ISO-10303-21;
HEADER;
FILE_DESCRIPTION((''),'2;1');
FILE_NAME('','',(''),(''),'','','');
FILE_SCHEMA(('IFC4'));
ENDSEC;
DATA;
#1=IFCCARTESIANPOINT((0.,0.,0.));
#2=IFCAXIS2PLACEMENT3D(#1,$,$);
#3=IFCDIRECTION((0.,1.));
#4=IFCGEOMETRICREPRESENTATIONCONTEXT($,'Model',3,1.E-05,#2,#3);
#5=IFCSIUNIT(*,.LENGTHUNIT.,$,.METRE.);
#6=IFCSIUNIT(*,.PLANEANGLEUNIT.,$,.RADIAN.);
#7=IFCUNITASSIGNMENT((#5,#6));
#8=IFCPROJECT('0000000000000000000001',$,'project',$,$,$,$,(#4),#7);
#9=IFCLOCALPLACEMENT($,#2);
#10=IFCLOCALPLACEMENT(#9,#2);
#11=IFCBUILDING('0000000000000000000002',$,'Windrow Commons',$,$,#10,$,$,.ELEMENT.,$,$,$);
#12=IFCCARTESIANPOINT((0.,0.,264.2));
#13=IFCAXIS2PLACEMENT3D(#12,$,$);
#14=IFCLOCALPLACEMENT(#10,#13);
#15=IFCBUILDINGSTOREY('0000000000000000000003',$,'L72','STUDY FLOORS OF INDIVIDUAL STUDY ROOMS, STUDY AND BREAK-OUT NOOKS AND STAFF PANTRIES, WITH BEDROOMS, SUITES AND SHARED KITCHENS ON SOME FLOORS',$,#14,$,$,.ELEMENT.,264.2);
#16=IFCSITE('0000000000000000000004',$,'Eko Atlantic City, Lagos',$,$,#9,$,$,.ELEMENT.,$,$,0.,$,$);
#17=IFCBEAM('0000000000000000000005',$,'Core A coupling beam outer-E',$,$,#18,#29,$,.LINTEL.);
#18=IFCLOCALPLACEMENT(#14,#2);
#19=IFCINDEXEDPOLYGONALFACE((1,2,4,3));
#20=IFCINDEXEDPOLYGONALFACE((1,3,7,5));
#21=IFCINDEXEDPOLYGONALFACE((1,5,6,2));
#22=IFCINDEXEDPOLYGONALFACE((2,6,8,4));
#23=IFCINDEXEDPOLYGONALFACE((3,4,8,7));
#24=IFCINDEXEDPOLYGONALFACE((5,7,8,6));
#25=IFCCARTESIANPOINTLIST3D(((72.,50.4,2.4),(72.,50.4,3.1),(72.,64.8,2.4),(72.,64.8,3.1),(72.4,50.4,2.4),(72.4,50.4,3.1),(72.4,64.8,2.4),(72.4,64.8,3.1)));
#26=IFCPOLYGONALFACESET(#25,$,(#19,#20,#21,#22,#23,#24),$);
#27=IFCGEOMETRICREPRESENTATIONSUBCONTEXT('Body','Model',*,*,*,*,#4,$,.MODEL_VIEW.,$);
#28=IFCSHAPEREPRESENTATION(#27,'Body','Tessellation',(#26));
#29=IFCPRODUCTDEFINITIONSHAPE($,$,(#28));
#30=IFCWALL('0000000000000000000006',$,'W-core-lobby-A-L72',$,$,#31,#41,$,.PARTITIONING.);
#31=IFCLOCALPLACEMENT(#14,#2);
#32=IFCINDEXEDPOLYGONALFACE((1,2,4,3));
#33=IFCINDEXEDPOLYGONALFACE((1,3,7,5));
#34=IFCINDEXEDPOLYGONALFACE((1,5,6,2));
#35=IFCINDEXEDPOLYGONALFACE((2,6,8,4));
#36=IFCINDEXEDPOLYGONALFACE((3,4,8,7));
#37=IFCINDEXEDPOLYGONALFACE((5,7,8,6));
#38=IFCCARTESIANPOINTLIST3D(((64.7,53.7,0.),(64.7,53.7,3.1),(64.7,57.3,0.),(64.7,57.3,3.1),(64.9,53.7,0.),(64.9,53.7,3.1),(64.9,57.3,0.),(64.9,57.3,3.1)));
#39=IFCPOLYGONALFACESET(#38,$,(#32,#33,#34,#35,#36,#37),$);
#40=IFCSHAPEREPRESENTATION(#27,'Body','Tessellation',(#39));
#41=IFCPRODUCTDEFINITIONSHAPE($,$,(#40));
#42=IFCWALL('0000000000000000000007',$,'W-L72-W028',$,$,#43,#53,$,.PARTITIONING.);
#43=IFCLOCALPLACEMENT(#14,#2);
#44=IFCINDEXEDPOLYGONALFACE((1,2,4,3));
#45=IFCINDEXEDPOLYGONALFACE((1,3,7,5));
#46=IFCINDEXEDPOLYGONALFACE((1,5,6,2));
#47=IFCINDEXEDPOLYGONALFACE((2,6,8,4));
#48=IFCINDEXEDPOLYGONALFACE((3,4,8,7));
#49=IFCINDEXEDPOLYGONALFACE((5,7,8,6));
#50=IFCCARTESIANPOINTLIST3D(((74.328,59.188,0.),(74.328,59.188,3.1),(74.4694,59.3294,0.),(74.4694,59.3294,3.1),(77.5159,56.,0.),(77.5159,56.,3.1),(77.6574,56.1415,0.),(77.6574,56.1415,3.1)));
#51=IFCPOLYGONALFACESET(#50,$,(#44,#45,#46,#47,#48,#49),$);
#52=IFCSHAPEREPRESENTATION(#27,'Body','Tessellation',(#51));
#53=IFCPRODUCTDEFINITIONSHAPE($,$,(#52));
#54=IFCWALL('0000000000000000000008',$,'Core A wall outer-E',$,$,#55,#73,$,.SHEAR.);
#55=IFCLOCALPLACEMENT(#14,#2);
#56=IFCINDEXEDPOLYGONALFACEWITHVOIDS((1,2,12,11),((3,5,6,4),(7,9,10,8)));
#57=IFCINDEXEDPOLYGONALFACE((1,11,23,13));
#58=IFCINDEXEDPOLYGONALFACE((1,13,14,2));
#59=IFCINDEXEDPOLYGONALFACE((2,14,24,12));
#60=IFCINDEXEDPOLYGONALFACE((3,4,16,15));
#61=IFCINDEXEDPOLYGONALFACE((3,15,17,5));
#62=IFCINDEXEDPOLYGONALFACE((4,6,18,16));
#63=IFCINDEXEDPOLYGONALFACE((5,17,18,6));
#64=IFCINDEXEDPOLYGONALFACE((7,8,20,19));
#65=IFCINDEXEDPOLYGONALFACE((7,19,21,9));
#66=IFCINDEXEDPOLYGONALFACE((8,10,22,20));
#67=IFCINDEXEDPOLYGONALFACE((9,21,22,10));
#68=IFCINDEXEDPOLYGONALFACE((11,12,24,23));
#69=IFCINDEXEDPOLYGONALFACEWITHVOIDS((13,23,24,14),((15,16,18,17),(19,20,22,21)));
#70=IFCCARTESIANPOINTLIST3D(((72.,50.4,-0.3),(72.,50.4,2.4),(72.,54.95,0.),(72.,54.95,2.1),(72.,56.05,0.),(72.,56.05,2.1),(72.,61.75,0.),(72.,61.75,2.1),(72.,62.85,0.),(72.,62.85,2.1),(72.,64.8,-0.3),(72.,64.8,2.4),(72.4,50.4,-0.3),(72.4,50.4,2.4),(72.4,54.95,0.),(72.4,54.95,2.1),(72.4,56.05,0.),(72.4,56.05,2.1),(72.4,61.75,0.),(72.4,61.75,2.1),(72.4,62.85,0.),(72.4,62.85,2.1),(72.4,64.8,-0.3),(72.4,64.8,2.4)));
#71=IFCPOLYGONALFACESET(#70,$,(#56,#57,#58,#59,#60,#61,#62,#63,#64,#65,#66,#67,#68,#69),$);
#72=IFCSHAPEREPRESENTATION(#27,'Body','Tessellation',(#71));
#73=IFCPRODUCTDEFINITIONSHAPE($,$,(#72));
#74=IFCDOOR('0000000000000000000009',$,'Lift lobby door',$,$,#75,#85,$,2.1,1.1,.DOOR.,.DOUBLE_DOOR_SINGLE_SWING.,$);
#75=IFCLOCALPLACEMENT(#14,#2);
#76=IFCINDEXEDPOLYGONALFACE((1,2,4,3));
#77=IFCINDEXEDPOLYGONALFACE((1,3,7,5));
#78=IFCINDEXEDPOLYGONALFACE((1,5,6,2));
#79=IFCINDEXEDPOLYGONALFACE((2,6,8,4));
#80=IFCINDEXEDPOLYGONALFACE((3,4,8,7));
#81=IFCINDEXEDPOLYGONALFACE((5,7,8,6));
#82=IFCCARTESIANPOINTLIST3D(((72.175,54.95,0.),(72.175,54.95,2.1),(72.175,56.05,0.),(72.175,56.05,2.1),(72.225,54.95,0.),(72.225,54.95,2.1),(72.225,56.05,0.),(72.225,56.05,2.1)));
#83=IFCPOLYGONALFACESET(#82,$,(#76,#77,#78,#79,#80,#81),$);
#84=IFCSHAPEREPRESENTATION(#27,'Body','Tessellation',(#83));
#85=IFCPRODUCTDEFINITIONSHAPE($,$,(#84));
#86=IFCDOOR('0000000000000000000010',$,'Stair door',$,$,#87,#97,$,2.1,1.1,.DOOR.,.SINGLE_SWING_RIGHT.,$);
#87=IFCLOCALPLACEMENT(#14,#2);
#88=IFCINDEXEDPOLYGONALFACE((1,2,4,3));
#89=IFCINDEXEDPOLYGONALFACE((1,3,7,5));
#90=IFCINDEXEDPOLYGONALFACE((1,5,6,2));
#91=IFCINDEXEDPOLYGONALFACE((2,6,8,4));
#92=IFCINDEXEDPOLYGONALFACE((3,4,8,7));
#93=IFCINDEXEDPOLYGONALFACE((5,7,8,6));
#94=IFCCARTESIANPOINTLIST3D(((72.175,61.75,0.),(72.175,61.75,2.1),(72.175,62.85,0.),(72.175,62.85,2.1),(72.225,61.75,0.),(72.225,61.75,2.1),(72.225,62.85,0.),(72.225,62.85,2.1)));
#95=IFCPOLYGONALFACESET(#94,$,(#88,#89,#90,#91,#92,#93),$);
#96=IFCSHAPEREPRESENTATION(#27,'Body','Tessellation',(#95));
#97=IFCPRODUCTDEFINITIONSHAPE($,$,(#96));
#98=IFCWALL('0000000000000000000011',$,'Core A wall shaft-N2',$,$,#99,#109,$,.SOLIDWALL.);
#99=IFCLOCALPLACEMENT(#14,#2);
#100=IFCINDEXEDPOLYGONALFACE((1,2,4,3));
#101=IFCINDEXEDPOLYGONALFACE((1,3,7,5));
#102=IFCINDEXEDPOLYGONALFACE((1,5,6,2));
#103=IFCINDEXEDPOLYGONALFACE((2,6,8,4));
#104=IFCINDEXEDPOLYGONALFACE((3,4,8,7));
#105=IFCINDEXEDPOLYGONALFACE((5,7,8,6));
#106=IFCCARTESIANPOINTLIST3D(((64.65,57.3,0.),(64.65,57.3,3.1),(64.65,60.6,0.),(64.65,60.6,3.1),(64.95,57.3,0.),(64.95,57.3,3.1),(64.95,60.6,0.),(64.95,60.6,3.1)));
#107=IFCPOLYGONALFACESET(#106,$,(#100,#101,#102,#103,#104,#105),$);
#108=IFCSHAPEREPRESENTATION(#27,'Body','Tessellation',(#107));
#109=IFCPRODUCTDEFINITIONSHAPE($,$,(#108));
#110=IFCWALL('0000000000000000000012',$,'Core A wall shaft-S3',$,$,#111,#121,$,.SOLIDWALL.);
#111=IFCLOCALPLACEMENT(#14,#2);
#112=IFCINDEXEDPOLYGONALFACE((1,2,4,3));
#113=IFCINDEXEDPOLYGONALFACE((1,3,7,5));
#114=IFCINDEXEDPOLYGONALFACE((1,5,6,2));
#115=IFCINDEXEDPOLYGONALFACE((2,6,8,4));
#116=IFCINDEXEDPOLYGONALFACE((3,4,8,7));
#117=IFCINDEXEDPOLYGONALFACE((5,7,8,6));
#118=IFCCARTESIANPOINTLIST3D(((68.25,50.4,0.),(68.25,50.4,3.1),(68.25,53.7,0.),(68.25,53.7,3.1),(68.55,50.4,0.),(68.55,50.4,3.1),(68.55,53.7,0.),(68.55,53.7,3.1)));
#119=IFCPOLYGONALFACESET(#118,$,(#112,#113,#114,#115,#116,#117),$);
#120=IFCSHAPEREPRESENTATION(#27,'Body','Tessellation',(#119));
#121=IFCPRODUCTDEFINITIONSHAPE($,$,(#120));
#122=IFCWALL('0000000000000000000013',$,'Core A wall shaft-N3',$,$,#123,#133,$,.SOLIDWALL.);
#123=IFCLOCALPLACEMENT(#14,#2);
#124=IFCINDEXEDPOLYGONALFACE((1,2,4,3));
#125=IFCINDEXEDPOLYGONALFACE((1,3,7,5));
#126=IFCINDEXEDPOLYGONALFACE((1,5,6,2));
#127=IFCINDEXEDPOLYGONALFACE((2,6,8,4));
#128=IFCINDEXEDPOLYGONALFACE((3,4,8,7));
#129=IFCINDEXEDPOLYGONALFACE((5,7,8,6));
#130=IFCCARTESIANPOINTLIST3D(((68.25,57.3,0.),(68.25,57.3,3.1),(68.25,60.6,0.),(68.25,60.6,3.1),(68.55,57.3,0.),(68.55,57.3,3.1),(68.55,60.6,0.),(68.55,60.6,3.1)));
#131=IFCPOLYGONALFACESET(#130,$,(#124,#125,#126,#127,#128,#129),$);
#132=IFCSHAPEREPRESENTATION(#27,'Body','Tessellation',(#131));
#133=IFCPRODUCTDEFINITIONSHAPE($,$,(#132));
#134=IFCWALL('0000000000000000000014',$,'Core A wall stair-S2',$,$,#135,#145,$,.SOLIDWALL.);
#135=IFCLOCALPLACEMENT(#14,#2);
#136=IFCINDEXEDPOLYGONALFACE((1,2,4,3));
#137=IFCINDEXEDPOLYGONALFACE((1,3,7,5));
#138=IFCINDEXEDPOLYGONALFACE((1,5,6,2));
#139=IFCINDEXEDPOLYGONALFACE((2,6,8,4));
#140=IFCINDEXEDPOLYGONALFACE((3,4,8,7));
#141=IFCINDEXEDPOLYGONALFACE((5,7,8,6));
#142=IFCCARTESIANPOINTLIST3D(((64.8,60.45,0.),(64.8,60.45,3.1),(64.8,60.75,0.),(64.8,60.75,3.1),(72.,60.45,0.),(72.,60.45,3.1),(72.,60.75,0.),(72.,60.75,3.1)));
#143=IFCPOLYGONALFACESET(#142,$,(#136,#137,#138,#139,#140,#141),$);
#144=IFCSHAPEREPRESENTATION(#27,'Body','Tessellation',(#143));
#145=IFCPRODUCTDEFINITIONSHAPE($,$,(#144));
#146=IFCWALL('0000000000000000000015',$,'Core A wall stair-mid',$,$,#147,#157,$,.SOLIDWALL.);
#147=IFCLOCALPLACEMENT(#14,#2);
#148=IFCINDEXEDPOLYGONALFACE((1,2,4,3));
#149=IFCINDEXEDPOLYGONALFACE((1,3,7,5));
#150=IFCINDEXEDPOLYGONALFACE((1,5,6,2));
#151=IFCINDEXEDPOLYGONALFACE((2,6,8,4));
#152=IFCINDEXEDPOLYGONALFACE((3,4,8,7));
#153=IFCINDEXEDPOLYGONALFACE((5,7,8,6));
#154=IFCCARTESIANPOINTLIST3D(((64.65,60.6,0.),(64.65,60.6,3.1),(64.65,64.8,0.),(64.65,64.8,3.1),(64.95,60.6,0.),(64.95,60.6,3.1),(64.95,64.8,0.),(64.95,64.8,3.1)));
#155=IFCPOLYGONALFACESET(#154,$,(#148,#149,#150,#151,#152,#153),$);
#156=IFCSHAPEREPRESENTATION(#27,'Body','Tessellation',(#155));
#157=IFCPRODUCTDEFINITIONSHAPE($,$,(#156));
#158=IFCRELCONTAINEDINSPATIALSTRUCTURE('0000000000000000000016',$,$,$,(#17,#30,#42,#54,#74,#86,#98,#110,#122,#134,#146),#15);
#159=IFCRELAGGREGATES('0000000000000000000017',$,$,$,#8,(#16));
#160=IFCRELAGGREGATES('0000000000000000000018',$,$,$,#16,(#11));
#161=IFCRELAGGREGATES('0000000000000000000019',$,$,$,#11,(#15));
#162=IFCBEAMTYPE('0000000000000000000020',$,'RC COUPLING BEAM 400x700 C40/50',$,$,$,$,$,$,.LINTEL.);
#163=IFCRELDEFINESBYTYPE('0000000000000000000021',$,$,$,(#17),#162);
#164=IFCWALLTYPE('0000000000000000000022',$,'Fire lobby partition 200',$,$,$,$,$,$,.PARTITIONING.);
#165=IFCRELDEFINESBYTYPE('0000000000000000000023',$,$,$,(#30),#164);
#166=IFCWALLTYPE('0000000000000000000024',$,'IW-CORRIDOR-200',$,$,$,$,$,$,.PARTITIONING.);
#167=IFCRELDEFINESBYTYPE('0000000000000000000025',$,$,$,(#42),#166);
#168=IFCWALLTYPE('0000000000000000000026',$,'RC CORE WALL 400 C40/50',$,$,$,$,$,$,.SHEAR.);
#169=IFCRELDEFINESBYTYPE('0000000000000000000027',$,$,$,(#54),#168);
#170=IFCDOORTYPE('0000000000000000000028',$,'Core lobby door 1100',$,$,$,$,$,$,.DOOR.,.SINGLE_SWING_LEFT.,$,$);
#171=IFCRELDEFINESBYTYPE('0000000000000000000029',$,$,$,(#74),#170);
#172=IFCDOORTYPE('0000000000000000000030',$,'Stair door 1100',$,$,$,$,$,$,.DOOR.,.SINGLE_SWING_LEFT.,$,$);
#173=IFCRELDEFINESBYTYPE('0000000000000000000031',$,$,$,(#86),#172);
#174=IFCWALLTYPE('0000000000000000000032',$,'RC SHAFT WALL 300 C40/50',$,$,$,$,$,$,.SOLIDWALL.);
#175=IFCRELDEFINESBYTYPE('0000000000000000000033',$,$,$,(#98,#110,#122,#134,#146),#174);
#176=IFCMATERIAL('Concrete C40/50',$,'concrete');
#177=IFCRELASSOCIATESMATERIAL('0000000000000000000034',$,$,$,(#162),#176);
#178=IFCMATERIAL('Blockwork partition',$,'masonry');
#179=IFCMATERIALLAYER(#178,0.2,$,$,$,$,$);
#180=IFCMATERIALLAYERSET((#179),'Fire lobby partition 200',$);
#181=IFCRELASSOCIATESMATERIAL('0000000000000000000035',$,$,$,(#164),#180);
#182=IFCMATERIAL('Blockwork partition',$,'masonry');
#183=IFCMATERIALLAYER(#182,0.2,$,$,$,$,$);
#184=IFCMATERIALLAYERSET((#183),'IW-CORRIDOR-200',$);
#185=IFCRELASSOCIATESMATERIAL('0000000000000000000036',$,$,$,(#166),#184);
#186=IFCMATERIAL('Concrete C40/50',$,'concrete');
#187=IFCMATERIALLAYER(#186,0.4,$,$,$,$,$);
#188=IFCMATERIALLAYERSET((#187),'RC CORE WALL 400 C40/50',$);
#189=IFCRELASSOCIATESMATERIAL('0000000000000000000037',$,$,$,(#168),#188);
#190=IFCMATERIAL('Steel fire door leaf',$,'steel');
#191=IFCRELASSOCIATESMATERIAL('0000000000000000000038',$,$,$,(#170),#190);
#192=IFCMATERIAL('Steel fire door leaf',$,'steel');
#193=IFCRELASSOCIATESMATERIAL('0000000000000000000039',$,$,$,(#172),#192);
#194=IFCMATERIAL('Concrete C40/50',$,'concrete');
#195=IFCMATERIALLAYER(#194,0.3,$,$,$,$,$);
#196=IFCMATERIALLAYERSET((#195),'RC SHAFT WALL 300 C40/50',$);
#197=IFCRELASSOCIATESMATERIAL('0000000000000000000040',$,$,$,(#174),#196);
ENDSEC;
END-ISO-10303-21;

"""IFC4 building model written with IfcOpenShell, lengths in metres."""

from ifc_helpers import new_model, si_unit, direction, frame, frame_2d, origin, origin_2d, place, context, subcontext, project, spatial, rectangle, extrude, material, layer, layer_set, material_profile, profile_set, type_object, element, fill, save


model = new_model("IFC4")

# Units and contexts
model_context = context("Model", 3, precision=1e-05, world=origin(), true_north=direction((0.0, 1.0)))
body_context = subcontext(model_context, "Body", "Model", "MODEL_VIEW")
ifc_project = project(units=[si_unit("LENGTHUNIT", "METRE"), si_unit("PLANEANGLEUNIT", "RADIAN")], contexts=[model_context])

# Site, building, storey
site_placement = place(None, origin())
site = spatial("IfcSite", under=ifc_project, at=site_placement, Name="Eko Atlantic City, Lagos", CompositionType="ELEMENT", RefElevation=0.0)
building_placement = place(site_placement, origin())
building = spatial("IfcBuilding", under=site, at=building_placement, Name="Windrow Commons", CompositionType="ELEMENT")
storey_placement = place(building_placement, frame((0.0, 0.0, 264.2)))
storey = spatial("IfcBuildingStorey", under=building, at=storey_placement, Name="L72", Description="STUDY FLOORS OF INDIVIDUAL STUDY ROOMS, STUDY AND BREAK-OUT NOOKS AND STAFF PANTRIES, WITH BEDROOMS, SUITES AND SHARED KITCHENS ON SOME FLOORS", CompositionType="ELEMENT", Elevation=264.2)

# Beam
ifc_material_1 = material(Name="Concrete C40/50", Category="concrete")
ifc_material_profile = material_profile(ifc_material_1, rectangle(XDim=0.4, YDim=0.7, at=origin_2d()))
ifc_profile_set = profile_set([ifc_material_profile], Name="Concrete C40/50")
beam_type = type_object("IfcBeamType", Name="RC COUPLING BEAM 400x700 C40/50", PredefinedType="LINTEL", material=ifc_profile_set)
beam_placement = place(storey_placement, frame((72.2, 50.4, 2.75), z_axis=(0.0, 1.0, 0.0), x_axis=(-1.0, 0.0, 0.0)))
element("IfcBeam", 1, at=beam_placement, inside=storey, type_object=beam_type, Name="Core A coupling beam outer-E", PredefinedType="LINTEL", context=body_context, shape_type="SweptSolid", body=[
    extrude(rectangle(XDim=0.4, YDim=0.7, at=origin_2d()), origin(), (0.0, 0.0, 1.0), 14.4),
])

# Walls
ifc_material_2 = material(Name="Blockwork partition", Category="masonry")
ifc_layer_1 = layer(ifc_material_2, 0.2)
ifc_layer_set_1 = layer_set([ifc_layer_1], Name="Fire lobby partition 200")
wall_type_1 = type_object("IfcWallType", Name="Fire lobby partition 200", PredefinedType="PARTITIONING", material=ifc_layer_set_1)
wall_1_placement = place(storey_placement, frame((64.8, 53.7, 0.0), z_axis=(0.0, 0.0, 1.0), x_axis=(0.0, 1.0, 0.0)))
element("IfcWall", 2, at=wall_1_placement, inside=storey, type_object=wall_type_1, Name="W-core-lobby-A-L72", PredefinedType="PARTITIONING", context=body_context, shape_type="SweptSolid", body=[
    extrude(rectangle(XDim=3.6, YDim=0.2, at=frame_2d((1.8, 0.0))), origin(), (0.0, 0.0, 1.0), 3.1),
])
ifc_material_3 = material(Name="Blockwork partition", Category="masonry")
ifc_layer_2 = layer(ifc_material_3, 0.2)
ifc_layer_set_2 = layer_set([ifc_layer_2], Name="IW-CORRIDOR-200")
wall_type_2 = type_object("IfcWallType", Name="IW-CORRIDOR-200", PredefinedType="PARTITIONING", material=ifc_layer_set_2)
wall_2_placement = place(storey_placement, frame((74.3987, 59.2587, 0.0), z_axis=(0.0, 0.0, 1.0), x_axis=(0.707107, -0.707107, 0.0)))
element("IfcWall", 3, at=wall_2_placement, inside=storey, type_object=wall_type_2, Name="W-L72-W028", PredefinedType="PARTITIONING", context=body_context, shape_type="SweptSolid", body=[
    extrude(rectangle(XDim=4.5085, YDim=0.2, at=frame_2d((2.2542, 0.0))), origin(), (0.0, 0.0, 1.0), 3.1),
])

# Wall, openings, doors
ifc_material_4 = material(Name="Concrete C40/50", Category="concrete")
ifc_layer_3 = layer(ifc_material_4, 0.4)
ifc_layer_set_3 = layer_set([ifc_layer_3], Name="RC CORE WALL 400 C40/50")
wall_type_3 = type_object("IfcWallType", Name="RC CORE WALL 400 C40/50", PredefinedType="SHEAR", material=ifc_layer_set_3)
wall_3_placement = place(storey_placement, frame((72.2, 50.4, -0.3), z_axis=(0.0, 0.0, 1.0), x_axis=(0.0, 1.0, 0.0)))
wall_3 = element("IfcWall", 4, at=wall_3_placement, inside=storey, type_object=wall_type_3, Name="Core A wall outer-E", PredefinedType="SHEAR", context=body_context, shape_type="SweptSolid", body=[
    extrude(rectangle(XDim=14.4, YDim=0.4, at=frame_2d((7.2, 0.0))), origin(), (0.0, 0.0, 1.0), 2.7),
])
opening_1_placement = place(wall_3_placement, frame((4.55, 0.0, 0.3)))
opening_1 = element("IfcOpeningElement", 5, at=opening_1_placement, cuts=wall_3, PredefinedType="OPENING", context=body_context, shape_type="SweptSolid", body=[
    extrude(rectangle(XDim=1.1, YDim=2.1, at=frame_2d((0.55, 1.05))), frame((0.0, 0.21, 0.0), z_axis=(0.0, -1.0, 0.0), x_axis=(1.0, 0.0, 0.0)), (0.0, 0.0, 1.0), 0.42),
])
opening_2_placement = place(wall_3_placement, frame((11.35, 0.0, 0.3)))
opening_2 = element("IfcOpeningElement", 6, at=opening_2_placement, cuts=wall_3, PredefinedType="OPENING", context=body_context, shape_type="SweptSolid", body=[
    extrude(rectangle(XDim=1.1, YDim=2.1, at=frame_2d((0.55, 1.05))), frame((0.0, 0.21, 0.0), z_axis=(0.0, -1.0, 0.0), x_axis=(1.0, 0.0, 0.0)), (0.0, 0.0, 1.0), 0.42),
])
ifc_material_5 = material(Name="Steel fire door leaf", Category="steel")
door_type_1 = type_object("IfcDoorType", Name="Core lobby door 1100", OperationType="SINGLE_SWING_LEFT", PredefinedType="DOOR", material=ifc_material_5)
door_1_placement = place(opening_1_placement, origin())
door_1 = element("IfcDoor", 7, at=door_1_placement, inside=storey, type_object=door_type_1, Name="Lift lobby door", OperationType="DOUBLE_DOOR_SINGLE_SWING", OverallHeight=2.1, OverallWidth=1.1, PredefinedType="DOOR", context=body_context, shape_type="SweptSolid", body=[
    extrude(rectangle(XDim=1.1, YDim=2.1, at=frame_2d((0.55, 1.05))), frame((0.0, 0.025, 0.0), z_axis=(0.0, -1.0, 0.0), x_axis=(1.0, 0.0, 0.0)), (0.0, 0.0, 1.0), 0.05),
])
fill(opening_1, door_1)
ifc_material_6 = material(Name="Steel fire door leaf", Category="steel")
door_type_2 = type_object("IfcDoorType", Name="Stair door 1100", OperationType="SINGLE_SWING_LEFT", PredefinedType="DOOR", material=ifc_material_6)
door_2_placement = place(opening_2_placement, origin())
door_2 = element("IfcDoor", 8, at=door_2_placement, inside=storey, type_object=door_type_2, Name="Stair door", OperationType="SINGLE_SWING_RIGHT", OverallHeight=2.1, OverallWidth=1.1, PredefinedType="DOOR", context=body_context, shape_type="SweptSolid", body=[
    extrude(rectangle(XDim=1.1, YDim=2.1, at=frame_2d((0.55, 1.05))), frame((0.0, 0.025, 0.0), z_axis=(0.0, -1.0, 0.0), x_axis=(1.0, 0.0, 0.0)), (0.0, 0.0, 1.0), 0.05),
])
fill(opening_2, door_2)

# Walls
ifc_material_7 = material(Name="Concrete C40/50", Category="concrete")
ifc_layer_4 = layer(ifc_material_7, 0.3)
ifc_layer_set_4 = layer_set([ifc_layer_4], Name="RC SHAFT WALL 300 C40/50")
wall_type_4 = type_object("IfcWallType", Name="RC SHAFT WALL 300 C40/50", PredefinedType="SOLIDWALL", material=ifc_layer_set_4)
for number, where, z_axis, x_axis, name in (
    (9, (64.8, 57.3, 0.0), (0.0, 0.0, 1.0), (0.0, 1.0, 0.0), "Core A wall shaft-N2"),
    (10, (68.4, 50.4, 0.0), (0.0, 0.0, 1.0), (0.0, 1.0, 0.0), "Core A wall shaft-S3"),
    (11, (68.4, 57.3, 0.0), (0.0, 0.0, 1.0), (0.0, 1.0, 0.0), "Core A wall shaft-N3"),
):
    element("IfcWall", number, at=place(storey_placement, frame(where, z_axis=z_axis, x_axis=x_axis)), inside=storey, type_object=wall_type_4, Name=name, PredefinedType="SOLIDWALL", context=body_context, shape_type="SweptSolid", body=[
        extrude(rectangle(XDim=3.3, YDim=0.3, at=frame_2d((1.65, 0.0))), origin(), (0.0, 0.0, 1.0), 3.1),
    ])
wall_4_placement = place(storey_placement, frame((64.8, 60.6, 0.0), z_axis=(0.0, 0.0, 1.0), x_axis=(1.0, 0.0, 0.0)))
element("IfcWall", 12, at=wall_4_placement, inside=storey, type_object=wall_type_4, Name="Core A wall stair-S2", PredefinedType="SOLIDWALL", context=body_context, shape_type="SweptSolid", body=[
    extrude(rectangle(XDim=7.2, YDim=0.3, at=frame_2d((3.6, 0.0))), origin(), (0.0, 0.0, 1.0), 3.1),
])
wall_5_placement = place(storey_placement, frame((64.8, 60.6, 0.0), z_axis=(0.0, 0.0, 1.0), x_axis=(0.0, 1.0, 0.0)))
element("IfcWall", 13, at=wall_5_placement, inside=storey, type_object=wall_type_4, Name="Core A wall stair-mid", PredefinedType="SOLIDWALL", context=body_context, shape_type="SweptSolid", body=[
    extrude(rectangle(XDim=4.2, YDim=0.3, at=frame_2d((2.1, 0.0))), origin(), (0.0, 0.0, 1.0), 3.1),
])

save(model, "model.ifc")
